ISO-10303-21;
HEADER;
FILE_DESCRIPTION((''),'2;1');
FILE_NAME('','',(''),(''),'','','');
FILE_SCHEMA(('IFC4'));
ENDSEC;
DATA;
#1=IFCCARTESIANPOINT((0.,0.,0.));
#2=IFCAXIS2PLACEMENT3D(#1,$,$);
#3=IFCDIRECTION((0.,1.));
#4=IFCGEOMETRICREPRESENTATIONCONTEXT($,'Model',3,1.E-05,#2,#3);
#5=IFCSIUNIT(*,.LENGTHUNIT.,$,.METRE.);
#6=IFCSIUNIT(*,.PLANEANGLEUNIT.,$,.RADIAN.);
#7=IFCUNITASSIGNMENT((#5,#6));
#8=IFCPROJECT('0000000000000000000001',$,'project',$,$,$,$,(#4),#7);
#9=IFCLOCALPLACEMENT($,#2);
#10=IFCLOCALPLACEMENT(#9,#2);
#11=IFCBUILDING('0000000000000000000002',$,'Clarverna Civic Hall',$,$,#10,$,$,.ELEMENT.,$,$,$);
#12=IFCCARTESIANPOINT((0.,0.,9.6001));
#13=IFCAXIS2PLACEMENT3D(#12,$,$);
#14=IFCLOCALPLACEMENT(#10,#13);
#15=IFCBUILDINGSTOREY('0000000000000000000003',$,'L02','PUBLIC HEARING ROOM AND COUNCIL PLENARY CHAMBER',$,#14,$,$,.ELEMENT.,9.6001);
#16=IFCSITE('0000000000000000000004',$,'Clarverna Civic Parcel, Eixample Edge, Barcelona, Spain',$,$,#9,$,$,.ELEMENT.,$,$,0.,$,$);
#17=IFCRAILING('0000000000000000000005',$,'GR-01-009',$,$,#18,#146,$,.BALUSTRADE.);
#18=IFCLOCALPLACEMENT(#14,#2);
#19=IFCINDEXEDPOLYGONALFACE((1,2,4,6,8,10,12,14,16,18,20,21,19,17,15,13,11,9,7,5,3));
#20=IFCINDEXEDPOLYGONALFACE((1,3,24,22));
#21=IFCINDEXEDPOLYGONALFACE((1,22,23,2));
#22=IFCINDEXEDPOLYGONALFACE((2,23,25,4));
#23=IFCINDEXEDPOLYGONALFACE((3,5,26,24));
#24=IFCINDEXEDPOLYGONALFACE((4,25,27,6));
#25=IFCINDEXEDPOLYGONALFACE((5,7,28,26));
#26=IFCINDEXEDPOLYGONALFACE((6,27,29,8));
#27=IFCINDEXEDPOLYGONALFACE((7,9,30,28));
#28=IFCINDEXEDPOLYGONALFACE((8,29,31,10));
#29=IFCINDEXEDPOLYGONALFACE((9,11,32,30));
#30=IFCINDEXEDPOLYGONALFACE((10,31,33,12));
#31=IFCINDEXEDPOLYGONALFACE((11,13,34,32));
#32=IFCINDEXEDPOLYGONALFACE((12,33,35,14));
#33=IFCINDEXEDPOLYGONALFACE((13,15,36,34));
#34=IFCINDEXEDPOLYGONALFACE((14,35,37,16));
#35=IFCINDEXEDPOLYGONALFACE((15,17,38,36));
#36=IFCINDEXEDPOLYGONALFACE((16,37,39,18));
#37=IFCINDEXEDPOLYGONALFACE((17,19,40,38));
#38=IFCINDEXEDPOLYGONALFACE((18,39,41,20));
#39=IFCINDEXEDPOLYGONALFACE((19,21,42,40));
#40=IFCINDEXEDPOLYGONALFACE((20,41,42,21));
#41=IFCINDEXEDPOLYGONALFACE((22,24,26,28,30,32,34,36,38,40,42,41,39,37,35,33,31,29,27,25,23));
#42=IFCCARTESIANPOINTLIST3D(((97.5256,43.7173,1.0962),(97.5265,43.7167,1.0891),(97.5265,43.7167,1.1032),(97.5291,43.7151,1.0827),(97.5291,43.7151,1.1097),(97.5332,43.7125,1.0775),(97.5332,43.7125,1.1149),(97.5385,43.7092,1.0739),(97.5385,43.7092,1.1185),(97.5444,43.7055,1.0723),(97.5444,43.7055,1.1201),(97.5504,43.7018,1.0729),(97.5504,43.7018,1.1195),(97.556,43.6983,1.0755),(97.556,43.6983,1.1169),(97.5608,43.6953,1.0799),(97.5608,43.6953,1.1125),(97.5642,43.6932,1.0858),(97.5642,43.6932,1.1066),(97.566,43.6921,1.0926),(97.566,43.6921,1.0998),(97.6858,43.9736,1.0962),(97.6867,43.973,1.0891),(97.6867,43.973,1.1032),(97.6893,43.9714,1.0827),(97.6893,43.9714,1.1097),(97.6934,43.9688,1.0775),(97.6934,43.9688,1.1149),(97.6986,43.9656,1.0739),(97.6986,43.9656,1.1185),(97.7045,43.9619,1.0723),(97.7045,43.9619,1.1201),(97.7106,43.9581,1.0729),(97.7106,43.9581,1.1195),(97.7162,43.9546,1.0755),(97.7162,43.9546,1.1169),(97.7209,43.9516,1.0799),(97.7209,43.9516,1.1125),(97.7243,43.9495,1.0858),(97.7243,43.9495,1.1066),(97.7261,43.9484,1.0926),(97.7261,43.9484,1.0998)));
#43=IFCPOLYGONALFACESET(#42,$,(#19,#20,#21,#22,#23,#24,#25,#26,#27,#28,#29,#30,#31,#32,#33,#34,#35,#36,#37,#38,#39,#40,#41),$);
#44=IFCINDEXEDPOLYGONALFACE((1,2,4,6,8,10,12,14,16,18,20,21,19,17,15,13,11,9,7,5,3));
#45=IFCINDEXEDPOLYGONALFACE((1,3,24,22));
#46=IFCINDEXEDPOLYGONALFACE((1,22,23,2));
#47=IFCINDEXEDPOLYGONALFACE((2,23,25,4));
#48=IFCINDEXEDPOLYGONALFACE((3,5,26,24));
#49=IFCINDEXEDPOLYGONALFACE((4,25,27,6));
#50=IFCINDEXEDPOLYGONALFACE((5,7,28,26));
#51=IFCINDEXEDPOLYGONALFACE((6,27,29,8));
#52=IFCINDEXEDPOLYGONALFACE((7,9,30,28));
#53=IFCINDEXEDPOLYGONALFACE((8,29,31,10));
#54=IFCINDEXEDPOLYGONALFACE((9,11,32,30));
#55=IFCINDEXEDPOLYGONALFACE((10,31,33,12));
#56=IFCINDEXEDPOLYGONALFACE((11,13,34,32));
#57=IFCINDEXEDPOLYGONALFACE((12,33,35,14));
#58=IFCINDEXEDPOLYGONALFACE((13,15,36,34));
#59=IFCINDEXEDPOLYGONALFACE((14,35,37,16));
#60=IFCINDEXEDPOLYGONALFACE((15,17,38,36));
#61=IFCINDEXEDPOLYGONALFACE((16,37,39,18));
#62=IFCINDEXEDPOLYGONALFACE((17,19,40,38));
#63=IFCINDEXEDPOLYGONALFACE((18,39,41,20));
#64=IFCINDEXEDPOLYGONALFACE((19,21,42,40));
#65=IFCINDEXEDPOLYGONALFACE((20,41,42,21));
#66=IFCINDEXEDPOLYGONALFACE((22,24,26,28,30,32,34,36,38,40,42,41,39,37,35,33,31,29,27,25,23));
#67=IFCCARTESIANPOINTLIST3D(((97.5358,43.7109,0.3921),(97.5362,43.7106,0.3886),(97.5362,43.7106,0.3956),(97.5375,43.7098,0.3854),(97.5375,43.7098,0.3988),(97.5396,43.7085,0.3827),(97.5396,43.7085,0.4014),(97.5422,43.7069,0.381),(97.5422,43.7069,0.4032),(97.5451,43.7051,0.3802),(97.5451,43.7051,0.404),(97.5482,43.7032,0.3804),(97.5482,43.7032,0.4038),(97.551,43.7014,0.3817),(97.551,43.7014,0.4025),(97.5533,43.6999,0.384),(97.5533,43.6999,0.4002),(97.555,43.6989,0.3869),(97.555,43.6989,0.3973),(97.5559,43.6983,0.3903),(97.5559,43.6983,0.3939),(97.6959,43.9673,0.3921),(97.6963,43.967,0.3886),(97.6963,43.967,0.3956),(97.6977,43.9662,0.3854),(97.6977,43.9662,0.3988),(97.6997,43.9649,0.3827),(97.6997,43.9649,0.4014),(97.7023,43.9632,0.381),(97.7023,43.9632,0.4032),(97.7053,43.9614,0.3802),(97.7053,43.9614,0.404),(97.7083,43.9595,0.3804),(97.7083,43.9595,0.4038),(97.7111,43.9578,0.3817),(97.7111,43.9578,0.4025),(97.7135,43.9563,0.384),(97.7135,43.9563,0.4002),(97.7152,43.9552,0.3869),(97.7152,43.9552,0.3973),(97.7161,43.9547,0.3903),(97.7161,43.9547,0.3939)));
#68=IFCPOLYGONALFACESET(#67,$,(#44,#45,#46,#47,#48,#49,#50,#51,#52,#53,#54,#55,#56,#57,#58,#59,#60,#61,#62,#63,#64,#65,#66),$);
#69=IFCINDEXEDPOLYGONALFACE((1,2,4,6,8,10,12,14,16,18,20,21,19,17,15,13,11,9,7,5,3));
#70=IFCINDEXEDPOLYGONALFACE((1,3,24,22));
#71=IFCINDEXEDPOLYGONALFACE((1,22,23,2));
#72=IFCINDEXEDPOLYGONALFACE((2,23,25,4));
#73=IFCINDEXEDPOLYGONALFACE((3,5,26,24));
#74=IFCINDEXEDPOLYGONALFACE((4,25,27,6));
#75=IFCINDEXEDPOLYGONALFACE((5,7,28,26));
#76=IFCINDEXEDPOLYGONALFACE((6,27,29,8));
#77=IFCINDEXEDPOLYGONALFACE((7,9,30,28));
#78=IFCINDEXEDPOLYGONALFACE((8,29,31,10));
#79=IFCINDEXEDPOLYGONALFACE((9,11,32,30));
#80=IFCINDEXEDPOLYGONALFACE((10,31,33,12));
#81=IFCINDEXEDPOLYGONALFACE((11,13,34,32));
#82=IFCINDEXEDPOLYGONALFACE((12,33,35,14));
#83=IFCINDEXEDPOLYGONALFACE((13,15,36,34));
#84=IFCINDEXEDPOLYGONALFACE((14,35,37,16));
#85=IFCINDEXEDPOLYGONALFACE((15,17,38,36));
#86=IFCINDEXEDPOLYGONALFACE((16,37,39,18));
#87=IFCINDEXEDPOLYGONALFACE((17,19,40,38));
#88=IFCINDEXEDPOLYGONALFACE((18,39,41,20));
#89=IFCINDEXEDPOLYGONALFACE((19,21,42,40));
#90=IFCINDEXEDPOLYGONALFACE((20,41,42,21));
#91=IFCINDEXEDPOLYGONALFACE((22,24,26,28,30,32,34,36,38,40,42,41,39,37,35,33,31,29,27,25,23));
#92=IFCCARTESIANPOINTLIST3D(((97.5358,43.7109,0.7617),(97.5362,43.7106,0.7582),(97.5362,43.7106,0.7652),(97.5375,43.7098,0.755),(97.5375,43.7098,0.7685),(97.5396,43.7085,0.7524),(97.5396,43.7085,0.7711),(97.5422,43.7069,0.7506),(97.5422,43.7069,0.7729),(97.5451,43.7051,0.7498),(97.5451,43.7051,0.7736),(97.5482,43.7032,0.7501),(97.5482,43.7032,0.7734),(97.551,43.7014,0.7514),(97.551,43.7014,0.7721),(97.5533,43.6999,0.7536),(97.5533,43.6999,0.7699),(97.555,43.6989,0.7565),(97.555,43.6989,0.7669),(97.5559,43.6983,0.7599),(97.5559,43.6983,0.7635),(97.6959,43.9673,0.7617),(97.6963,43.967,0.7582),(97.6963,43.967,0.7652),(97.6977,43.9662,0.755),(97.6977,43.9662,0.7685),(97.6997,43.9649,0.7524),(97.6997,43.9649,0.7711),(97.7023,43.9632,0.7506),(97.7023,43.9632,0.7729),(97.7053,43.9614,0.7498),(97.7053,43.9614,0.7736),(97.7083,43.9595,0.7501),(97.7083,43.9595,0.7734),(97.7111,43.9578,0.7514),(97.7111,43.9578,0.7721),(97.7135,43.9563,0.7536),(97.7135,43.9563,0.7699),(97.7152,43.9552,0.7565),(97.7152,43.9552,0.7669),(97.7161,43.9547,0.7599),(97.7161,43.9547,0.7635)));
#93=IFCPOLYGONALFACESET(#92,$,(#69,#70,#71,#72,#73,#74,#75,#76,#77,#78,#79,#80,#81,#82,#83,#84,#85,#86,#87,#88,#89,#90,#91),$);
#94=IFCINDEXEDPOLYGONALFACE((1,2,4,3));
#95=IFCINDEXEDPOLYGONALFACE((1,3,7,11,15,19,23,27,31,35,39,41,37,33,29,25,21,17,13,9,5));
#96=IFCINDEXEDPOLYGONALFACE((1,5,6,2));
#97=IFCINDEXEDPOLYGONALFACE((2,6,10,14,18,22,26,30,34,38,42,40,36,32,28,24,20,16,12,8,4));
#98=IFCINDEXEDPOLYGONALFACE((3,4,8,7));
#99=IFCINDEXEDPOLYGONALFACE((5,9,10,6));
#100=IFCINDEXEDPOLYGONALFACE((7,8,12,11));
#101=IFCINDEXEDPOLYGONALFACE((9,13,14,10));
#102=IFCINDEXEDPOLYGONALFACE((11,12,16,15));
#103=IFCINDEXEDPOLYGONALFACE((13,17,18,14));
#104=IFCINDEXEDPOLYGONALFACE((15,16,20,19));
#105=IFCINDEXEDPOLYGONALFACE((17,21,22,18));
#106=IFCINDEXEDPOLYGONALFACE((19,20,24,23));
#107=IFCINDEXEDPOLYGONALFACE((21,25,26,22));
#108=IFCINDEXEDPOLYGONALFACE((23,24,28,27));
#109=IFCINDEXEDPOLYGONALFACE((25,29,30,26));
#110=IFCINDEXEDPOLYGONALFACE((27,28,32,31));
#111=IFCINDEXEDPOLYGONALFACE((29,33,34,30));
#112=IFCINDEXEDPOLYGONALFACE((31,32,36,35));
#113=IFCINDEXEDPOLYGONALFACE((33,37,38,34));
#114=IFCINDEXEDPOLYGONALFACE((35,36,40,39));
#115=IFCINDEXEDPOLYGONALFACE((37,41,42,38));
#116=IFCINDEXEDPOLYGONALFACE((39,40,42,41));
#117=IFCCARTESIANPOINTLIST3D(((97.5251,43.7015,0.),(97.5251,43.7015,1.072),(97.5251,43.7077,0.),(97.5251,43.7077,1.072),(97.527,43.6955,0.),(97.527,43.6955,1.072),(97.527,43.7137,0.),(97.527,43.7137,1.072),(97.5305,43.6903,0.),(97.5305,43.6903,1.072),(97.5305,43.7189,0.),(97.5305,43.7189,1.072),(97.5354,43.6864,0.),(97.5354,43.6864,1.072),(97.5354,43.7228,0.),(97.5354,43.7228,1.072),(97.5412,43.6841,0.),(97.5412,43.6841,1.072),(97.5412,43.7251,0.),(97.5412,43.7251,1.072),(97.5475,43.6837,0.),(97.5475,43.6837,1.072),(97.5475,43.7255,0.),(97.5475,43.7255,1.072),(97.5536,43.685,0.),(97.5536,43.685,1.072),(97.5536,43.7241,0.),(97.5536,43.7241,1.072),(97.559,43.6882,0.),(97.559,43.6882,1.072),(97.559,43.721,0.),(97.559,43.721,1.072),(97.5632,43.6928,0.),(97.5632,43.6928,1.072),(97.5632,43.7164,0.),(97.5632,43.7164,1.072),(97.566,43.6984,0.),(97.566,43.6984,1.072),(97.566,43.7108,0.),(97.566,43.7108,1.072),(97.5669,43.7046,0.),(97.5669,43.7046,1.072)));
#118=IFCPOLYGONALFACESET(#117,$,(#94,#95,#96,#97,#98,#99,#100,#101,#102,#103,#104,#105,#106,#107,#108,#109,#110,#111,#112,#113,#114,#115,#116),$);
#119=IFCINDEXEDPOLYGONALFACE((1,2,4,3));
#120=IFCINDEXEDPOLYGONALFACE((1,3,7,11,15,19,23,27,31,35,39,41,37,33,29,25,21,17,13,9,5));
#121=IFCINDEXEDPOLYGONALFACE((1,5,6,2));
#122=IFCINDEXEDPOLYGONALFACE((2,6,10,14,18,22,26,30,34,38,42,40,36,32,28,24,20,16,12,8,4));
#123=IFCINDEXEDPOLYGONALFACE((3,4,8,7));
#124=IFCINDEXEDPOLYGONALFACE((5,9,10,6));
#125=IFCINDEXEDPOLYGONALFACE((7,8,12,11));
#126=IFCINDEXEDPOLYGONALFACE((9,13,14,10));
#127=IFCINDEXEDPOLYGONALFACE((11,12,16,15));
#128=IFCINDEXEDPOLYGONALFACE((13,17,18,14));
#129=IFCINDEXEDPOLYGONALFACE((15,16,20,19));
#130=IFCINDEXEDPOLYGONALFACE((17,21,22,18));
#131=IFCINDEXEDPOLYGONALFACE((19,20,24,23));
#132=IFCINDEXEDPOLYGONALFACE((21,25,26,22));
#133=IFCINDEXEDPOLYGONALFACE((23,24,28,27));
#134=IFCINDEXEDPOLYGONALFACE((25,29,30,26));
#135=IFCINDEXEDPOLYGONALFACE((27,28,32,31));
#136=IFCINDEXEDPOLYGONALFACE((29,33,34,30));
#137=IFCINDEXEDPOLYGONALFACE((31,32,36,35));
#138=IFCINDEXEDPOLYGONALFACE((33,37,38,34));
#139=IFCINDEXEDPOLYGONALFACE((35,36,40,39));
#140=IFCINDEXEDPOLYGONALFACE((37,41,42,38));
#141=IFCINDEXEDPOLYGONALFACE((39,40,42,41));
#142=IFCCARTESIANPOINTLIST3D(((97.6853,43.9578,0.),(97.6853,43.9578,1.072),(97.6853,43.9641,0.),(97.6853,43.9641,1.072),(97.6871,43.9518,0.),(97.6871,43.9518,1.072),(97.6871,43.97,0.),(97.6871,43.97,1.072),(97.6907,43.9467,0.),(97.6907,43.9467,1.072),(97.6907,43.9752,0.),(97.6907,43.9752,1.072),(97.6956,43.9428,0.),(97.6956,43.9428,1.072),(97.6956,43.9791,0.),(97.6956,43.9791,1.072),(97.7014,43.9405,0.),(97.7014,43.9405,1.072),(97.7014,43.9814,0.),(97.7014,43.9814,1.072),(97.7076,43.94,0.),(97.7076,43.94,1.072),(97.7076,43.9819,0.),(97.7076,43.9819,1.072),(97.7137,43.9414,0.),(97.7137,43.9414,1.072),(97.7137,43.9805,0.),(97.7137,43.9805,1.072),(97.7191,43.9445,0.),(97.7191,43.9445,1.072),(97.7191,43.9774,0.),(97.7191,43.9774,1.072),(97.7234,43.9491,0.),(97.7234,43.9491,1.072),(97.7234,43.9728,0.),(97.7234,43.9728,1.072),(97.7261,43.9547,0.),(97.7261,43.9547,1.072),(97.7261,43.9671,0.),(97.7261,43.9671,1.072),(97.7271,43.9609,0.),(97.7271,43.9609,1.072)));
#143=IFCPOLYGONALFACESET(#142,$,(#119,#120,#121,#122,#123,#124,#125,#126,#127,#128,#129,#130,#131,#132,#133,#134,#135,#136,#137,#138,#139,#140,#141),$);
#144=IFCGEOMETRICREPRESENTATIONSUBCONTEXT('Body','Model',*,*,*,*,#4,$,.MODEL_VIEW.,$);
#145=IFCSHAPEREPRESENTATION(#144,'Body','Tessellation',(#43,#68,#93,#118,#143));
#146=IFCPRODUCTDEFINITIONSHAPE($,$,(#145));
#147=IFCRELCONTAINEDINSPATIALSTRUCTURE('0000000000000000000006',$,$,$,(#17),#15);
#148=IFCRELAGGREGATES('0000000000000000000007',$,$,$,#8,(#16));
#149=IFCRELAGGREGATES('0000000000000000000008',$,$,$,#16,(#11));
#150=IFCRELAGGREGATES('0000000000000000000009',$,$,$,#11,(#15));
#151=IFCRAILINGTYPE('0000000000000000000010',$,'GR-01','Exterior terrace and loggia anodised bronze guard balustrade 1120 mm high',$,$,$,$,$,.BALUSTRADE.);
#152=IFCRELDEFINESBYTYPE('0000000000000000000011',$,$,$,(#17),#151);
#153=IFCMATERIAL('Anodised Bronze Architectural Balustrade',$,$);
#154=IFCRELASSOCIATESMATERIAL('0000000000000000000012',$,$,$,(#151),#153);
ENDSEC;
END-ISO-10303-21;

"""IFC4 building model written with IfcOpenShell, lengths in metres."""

from ifc_helpers import new_model, si_unit, direction, frame, origin, origin_2d, place, context, subcontext, project, spatial, circle, extrude, material, type_object, element, save


model = new_model("IFC4")

# Units and contexts
model_context = context("Model", 3, precision=1e-05, world=origin(), true_north=direction((0.0, 1.0)))
body_context = subcontext(model_context, "Body", "Model", "MODEL_VIEW")
ifc_project = project(units=[si_unit("LENGTHUNIT", "METRE"), si_unit("PLANEANGLEUNIT", "RADIAN")], contexts=[model_context])

# Site, building, storey
site_placement = place(None, origin())
site = spatial("IfcSite", under=ifc_project, at=site_placement, Name="Clarverna Civic Parcel, Eixample Edge, Barcelona, Spain", CompositionType="ELEMENT", RefElevation=0.0)
building_placement = place(site_placement, origin())
building = spatial("IfcBuilding", under=site, at=building_placement, Name="Clarverna Civic Hall", CompositionType="ELEMENT")
storey_placement = place(building_placement, frame((0.0, 0.0, 9.6001)))
storey = spatial("IfcBuildingStorey", under=building, at=storey_placement, Name="L02", Description="PUBLIC HEARING ROOM AND COUNCIL PLENARY CHAMBER", CompositionType="ELEMENT", Elevation=9.6001)

# Railing
ifc_material_1 = material(Name="Anodised Bronze Architectural Balustrade")
railing_type_1 = type_object("IfcRailingType", Name="GR-01", Description="Exterior terrace and loggia anodised bronze guard balustrade 1120 mm high", PredefinedType="BALUSTRADE", material=ifc_material_1)
railing_1_placement = place(storey_placement, frame((97.5459, 43.7046, 0.0)))
element("IfcRailing", 1, at=railing_1_placement, inside=storey, type_object=railing_type_1, Name="GR-01-009", PredefinedType="BALUSTRADE", context=body_context, shape_type="SweptSolid", body=[
    extrude(circle(Radius=0.0239, at=origin_2d()), frame((0.0, 0.0, 1.0962), z_axis=(0.529854, 0.848089, 0.0), x_axis=(-0.848089, 0.529854, 0.0)), (0.0, 0.0, 1.0), 0.3022),
    extrude(circle(Radius=0.012, at=origin_2d()), frame((0.0, 0.0, 0.3921), z_axis=(0.529854, 0.848089, 0.0), x_axis=(-0.848089, 0.529854, 0.0)), (0.0, 0.0, 1.0), 0.3022),
    extrude(circle(Radius=0.012, at=origin_2d()), frame((0.0, 0.0, 0.7617), z_axis=(0.529854, 0.848089, 0.0), x_axis=(-0.848089, 0.529854, 0.0)), (0.0, 0.0, 1.0), 0.3022),
    extrude(circle(Radius=0.021, at=origin_2d()), origin(), (0.0, 0.0, 1.0), 1.072),
    extrude(circle(Radius=0.021, at=origin_2d()), frame((0.1602, 0.2563, 0.0)), (0.0, 0.0, 1.0), 1.072),
])

save(model, "model.ifc")
